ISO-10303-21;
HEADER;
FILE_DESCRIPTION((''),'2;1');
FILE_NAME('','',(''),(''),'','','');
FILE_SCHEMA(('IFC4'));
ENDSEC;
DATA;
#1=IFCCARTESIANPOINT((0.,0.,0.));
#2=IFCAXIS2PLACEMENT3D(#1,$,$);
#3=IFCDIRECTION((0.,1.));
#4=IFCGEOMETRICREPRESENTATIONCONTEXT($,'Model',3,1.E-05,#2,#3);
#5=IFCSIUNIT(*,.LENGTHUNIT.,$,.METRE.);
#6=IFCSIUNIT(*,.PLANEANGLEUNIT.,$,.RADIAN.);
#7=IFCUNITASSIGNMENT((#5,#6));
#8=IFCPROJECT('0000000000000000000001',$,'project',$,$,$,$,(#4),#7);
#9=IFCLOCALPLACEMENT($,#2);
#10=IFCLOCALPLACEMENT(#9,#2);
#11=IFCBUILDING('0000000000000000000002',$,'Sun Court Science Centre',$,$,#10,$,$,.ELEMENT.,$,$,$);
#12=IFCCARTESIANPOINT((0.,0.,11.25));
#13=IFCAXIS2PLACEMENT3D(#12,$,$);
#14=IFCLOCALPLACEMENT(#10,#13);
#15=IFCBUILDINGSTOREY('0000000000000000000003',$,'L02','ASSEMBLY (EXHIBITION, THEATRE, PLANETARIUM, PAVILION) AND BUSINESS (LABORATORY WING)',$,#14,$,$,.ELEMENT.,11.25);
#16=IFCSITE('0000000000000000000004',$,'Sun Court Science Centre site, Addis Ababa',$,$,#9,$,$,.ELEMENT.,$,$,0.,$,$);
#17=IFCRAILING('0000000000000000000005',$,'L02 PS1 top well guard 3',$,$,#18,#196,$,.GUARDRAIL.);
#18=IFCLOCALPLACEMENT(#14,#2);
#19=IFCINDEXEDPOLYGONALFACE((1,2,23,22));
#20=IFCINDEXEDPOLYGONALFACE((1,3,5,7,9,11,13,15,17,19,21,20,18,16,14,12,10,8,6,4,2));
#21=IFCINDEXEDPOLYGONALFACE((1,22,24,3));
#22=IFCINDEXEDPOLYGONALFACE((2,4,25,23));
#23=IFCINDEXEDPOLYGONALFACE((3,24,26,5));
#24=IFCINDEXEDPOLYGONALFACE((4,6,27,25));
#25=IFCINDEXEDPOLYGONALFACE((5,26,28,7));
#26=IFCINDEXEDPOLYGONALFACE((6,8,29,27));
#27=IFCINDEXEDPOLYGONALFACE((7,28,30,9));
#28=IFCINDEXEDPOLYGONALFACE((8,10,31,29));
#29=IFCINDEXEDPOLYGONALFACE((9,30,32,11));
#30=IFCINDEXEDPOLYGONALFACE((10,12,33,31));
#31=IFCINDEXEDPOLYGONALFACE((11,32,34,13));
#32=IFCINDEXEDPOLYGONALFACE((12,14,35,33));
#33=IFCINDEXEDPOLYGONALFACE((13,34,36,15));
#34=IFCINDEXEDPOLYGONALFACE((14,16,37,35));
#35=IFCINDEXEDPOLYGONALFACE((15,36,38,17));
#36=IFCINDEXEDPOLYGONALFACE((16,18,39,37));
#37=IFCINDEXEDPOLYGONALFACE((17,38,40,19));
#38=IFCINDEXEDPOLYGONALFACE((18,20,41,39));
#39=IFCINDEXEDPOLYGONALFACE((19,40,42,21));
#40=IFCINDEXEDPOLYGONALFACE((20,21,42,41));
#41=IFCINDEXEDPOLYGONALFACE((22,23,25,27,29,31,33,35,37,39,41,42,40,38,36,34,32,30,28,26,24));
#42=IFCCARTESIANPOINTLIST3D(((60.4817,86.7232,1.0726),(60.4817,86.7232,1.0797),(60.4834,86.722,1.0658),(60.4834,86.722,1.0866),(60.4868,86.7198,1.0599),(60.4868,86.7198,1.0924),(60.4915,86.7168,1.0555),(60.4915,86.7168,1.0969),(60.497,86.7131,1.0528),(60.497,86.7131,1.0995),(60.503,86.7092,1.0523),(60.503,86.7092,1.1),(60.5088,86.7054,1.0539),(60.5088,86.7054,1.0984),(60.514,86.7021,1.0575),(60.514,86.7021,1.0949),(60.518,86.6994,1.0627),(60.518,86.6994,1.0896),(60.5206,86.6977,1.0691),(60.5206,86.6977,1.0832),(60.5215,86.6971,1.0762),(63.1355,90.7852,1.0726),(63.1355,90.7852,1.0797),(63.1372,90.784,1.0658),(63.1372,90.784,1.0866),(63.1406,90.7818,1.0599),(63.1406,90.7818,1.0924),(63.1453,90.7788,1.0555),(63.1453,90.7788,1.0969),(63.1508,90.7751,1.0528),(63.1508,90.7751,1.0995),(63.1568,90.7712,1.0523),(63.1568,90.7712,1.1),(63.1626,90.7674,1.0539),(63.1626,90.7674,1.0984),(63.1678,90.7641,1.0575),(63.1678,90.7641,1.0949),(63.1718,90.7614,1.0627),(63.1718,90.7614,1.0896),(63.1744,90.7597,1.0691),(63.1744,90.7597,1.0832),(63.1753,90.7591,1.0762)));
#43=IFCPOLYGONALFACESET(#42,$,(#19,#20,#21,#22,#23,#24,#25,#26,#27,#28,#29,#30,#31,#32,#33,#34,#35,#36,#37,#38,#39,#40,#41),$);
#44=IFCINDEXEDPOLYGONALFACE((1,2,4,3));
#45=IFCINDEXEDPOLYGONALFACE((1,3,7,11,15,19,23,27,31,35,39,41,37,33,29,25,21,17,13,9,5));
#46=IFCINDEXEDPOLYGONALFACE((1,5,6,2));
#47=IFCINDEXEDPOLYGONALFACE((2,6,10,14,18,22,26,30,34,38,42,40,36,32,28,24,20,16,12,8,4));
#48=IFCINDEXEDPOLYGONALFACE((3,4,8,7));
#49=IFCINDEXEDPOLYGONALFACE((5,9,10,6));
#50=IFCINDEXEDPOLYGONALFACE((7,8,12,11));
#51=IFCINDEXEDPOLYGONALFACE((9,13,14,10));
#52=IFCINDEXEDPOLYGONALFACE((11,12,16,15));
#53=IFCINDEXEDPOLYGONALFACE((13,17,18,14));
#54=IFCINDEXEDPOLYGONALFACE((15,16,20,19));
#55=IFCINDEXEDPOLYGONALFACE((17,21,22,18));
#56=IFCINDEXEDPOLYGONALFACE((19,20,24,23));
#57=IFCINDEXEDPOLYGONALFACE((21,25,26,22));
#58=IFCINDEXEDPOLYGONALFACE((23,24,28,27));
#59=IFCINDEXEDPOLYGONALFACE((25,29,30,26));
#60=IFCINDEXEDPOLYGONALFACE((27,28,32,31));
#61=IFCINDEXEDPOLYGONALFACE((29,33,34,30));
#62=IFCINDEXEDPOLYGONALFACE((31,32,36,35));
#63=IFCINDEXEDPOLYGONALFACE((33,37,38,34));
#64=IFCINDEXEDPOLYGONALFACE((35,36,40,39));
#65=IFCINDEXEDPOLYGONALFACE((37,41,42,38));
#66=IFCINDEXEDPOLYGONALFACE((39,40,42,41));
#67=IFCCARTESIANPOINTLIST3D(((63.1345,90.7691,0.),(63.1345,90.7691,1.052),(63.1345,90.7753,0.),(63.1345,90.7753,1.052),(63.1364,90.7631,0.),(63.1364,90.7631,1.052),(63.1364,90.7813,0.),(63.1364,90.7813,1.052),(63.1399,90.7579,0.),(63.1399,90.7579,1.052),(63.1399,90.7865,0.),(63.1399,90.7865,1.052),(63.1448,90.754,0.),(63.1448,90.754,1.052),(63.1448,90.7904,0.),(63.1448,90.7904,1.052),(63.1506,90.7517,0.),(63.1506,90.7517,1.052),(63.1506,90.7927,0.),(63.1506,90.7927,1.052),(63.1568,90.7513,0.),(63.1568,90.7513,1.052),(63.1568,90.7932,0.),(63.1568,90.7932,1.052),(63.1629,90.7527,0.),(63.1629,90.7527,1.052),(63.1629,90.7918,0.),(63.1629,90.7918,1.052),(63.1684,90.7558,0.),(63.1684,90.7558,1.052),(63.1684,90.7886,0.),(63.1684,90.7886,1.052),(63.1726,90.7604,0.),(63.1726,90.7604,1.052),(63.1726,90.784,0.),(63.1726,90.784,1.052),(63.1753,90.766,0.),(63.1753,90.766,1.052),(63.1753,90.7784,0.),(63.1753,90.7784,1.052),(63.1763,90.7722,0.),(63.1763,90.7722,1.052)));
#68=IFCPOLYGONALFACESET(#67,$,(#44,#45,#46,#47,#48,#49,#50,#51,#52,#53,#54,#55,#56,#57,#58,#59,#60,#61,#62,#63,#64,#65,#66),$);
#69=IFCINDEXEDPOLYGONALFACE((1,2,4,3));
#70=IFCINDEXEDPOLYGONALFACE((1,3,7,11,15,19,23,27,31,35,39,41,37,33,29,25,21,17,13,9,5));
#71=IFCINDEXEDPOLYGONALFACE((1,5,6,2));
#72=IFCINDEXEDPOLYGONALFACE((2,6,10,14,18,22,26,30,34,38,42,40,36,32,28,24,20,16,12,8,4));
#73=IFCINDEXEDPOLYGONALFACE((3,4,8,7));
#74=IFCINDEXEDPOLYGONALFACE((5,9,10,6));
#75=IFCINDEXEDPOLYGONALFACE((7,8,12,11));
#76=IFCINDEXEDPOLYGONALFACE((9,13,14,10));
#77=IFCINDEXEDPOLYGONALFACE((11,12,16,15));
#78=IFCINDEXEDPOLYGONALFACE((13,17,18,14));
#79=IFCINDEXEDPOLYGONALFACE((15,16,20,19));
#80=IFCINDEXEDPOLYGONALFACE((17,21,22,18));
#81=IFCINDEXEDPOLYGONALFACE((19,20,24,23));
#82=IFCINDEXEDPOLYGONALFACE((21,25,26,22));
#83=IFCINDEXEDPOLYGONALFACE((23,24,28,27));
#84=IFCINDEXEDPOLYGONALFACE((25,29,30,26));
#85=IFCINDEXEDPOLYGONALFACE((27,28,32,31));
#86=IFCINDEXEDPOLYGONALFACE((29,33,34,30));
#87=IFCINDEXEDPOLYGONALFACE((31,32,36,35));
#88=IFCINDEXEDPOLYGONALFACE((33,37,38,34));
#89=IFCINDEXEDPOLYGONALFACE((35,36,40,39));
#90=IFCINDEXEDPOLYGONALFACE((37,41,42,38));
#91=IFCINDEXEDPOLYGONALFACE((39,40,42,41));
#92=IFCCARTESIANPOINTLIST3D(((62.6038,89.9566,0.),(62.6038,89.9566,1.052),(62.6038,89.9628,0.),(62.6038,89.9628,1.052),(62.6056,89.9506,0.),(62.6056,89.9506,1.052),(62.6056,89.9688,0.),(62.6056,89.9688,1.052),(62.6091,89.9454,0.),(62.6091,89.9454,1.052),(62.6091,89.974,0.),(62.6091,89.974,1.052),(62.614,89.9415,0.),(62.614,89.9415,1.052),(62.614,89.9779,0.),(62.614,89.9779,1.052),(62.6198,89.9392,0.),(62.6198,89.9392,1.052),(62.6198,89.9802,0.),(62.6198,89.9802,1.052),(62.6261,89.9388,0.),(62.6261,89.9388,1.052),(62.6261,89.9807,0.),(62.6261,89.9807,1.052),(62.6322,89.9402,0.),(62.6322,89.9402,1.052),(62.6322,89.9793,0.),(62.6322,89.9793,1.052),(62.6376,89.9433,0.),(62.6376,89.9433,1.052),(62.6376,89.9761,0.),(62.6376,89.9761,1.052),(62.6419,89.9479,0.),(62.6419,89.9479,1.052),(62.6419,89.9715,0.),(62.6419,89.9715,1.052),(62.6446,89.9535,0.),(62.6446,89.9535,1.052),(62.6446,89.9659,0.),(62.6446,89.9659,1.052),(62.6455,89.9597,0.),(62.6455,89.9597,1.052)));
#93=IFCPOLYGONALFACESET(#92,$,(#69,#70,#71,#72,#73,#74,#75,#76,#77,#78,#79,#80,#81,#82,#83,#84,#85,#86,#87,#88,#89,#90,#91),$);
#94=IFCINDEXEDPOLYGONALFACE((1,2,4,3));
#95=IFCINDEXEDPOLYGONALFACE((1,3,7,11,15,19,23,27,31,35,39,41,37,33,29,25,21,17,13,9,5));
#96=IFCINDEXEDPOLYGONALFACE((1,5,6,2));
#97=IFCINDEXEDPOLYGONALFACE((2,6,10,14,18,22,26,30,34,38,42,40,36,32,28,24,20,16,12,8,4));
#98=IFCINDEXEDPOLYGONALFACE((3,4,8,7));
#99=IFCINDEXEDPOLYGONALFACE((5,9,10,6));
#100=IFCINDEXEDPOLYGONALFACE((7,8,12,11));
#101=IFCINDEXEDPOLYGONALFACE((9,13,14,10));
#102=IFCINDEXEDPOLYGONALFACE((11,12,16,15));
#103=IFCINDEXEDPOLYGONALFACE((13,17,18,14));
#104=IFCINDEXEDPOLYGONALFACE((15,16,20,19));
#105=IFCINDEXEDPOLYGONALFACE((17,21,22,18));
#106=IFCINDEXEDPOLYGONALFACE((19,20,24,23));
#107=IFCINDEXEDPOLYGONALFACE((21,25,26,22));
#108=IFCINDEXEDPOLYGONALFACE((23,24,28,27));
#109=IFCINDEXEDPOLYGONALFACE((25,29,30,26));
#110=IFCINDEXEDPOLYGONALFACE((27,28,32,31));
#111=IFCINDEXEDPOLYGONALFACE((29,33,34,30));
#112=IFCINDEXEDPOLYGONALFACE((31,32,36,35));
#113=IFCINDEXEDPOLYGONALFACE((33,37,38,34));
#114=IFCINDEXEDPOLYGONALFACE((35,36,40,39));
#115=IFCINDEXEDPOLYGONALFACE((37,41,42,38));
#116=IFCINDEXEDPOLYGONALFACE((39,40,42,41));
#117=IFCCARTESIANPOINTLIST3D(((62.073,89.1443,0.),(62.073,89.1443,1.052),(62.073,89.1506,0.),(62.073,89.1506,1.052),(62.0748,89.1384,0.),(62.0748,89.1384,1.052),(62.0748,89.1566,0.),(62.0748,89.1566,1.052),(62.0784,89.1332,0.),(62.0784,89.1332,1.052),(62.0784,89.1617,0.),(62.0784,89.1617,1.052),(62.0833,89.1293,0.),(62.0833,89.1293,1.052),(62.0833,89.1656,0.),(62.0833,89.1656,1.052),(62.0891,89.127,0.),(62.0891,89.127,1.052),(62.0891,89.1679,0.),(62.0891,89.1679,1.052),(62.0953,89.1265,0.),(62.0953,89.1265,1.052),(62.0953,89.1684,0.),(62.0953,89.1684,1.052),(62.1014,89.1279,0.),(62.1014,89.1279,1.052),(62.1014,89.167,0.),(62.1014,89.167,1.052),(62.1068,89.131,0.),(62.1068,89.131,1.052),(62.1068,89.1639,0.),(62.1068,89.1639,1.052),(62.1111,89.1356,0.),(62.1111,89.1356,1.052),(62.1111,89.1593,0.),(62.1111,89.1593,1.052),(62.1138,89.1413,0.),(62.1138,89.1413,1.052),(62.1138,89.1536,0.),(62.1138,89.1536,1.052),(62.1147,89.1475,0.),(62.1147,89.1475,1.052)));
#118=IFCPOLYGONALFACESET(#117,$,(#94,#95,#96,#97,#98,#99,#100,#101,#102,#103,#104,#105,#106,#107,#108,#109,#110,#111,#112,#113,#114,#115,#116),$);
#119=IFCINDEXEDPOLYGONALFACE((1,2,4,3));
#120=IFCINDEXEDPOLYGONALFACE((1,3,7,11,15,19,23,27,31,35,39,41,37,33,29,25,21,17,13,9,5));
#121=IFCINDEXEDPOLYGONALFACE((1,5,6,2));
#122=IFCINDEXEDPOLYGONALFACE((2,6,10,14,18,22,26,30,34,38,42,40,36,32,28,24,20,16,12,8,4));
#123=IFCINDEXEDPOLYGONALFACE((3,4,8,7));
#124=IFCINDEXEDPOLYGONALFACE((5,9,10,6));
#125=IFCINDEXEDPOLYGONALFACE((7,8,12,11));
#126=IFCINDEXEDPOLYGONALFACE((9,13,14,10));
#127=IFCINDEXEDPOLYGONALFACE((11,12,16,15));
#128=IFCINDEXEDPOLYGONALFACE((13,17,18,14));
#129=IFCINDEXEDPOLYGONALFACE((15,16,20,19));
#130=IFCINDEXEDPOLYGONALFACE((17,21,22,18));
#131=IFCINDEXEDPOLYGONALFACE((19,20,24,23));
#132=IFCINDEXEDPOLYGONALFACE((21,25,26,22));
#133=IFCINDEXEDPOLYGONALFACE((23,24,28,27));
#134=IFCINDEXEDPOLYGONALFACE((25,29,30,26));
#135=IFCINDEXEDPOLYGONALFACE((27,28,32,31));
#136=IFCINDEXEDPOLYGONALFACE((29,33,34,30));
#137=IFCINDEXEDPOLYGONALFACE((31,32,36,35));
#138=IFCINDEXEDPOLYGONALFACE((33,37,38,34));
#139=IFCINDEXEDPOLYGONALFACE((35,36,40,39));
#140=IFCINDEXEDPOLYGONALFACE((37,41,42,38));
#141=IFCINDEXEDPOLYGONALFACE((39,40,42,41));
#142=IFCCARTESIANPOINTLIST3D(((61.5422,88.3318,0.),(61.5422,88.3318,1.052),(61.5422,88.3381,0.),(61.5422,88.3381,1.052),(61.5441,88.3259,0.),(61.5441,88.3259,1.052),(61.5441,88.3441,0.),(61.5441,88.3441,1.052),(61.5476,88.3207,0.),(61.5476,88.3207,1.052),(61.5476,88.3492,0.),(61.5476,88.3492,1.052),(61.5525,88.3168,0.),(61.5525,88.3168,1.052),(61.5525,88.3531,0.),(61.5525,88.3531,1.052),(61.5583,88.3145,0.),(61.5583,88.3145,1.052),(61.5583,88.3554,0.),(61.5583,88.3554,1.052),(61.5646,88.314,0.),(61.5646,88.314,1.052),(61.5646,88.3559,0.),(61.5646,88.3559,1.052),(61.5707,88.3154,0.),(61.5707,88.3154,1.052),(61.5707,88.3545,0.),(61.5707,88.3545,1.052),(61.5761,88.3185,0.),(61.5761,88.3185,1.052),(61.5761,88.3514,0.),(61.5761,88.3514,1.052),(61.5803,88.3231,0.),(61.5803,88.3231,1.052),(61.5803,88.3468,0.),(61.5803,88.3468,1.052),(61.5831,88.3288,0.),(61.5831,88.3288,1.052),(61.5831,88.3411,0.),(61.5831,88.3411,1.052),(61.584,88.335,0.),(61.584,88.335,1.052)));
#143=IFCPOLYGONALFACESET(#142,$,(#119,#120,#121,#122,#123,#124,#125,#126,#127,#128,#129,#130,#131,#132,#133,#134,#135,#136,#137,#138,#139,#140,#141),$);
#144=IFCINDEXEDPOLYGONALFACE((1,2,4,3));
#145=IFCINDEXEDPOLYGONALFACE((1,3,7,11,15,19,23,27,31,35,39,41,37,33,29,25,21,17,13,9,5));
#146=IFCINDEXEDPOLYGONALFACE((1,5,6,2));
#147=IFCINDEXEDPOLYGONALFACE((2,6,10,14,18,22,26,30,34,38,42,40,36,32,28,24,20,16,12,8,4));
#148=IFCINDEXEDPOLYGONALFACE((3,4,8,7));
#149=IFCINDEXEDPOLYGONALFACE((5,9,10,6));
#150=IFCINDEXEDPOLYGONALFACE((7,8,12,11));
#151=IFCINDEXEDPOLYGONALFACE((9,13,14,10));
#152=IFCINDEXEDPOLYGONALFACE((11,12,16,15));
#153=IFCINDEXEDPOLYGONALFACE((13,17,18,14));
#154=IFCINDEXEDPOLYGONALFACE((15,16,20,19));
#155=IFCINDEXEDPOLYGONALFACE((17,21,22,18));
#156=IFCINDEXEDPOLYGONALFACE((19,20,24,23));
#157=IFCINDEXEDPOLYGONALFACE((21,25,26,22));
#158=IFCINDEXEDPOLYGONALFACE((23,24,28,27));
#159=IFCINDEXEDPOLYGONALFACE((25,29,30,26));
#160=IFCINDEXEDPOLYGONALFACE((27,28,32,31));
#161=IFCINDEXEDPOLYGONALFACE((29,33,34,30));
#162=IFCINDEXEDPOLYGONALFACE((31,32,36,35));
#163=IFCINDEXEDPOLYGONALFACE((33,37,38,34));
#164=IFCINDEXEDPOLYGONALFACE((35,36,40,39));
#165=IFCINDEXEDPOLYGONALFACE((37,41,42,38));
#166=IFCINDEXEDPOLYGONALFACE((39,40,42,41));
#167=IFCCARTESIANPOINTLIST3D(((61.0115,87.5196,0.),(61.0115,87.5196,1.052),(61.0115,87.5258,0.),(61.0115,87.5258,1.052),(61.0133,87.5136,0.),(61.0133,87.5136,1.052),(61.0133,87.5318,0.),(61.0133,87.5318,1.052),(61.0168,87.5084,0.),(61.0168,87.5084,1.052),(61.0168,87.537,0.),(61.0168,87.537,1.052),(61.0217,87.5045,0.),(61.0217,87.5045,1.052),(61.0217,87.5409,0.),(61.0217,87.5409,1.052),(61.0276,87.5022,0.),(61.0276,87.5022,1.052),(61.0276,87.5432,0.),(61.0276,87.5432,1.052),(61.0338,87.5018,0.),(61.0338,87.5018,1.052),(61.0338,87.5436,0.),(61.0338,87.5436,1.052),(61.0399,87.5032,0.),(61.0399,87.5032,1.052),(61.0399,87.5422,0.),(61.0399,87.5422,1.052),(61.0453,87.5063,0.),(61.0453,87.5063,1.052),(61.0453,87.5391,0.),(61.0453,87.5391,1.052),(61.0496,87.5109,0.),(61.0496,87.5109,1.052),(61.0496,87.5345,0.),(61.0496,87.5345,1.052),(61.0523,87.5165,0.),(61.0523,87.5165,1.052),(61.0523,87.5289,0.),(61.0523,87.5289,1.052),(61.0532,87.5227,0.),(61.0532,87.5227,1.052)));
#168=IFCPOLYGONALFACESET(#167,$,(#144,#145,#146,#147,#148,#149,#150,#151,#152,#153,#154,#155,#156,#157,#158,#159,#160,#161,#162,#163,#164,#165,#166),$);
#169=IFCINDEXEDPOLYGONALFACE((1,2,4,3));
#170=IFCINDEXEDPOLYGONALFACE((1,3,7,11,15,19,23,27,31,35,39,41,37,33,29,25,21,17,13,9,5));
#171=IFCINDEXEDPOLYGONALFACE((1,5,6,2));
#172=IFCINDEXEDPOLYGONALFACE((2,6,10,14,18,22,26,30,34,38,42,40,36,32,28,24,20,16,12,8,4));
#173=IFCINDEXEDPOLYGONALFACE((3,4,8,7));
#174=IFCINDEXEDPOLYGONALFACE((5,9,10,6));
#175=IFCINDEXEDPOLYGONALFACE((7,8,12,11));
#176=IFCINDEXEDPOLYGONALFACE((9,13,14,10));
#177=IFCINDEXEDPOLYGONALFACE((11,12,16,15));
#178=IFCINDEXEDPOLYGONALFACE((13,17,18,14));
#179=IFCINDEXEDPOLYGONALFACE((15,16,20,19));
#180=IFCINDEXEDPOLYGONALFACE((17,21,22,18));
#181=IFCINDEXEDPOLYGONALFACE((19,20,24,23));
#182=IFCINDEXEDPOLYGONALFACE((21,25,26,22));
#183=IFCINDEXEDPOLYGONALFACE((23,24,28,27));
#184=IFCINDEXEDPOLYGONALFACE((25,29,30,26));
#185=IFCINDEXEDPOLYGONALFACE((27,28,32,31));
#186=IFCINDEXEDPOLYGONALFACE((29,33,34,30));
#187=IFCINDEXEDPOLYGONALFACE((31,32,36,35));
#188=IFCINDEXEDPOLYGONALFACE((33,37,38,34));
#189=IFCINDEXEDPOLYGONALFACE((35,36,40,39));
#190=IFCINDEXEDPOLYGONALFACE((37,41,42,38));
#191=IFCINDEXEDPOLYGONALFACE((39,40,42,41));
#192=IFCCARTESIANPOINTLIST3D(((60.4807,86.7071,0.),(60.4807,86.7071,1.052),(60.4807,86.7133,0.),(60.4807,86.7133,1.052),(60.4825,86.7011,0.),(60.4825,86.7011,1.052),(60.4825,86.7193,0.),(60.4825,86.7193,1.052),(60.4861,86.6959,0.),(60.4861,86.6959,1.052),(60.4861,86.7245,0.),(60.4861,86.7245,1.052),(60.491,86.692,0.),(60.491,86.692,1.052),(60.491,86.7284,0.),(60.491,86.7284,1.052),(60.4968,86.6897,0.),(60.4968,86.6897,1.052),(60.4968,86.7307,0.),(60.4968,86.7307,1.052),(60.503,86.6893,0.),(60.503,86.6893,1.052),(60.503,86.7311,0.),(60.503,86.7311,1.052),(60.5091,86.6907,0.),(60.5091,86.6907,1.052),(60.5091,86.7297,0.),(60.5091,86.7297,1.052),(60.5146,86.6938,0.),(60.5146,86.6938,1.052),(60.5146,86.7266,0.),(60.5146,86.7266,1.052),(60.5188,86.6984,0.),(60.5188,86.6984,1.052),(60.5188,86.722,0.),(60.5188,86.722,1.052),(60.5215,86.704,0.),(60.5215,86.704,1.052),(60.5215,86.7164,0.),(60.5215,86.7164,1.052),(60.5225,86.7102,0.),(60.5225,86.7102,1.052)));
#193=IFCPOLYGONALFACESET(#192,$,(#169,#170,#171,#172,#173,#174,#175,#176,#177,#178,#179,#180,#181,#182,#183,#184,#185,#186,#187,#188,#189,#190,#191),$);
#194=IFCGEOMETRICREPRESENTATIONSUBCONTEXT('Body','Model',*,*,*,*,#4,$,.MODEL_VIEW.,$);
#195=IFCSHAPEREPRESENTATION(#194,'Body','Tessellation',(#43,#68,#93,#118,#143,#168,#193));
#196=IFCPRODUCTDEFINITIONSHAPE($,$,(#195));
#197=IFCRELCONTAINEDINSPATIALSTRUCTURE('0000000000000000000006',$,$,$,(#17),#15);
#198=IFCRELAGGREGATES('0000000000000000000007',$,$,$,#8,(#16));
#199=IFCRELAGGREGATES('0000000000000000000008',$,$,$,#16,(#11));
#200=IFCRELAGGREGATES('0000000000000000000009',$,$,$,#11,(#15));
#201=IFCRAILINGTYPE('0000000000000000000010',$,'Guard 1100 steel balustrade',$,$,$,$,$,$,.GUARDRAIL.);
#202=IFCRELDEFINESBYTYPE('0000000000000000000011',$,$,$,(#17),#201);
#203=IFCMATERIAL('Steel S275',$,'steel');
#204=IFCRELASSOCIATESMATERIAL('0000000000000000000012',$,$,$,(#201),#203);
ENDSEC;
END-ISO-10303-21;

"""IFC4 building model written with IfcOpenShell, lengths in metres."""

from ifc_helpers import new_model, si_unit, direction, frame, origin, origin_2d, place, context, subcontext, project, spatial, circle, extrude, material, type_object, element, save


model = new_model("IFC4")

# Units and contexts
model_context = context("Model", 3, precision=1e-05, world=origin(), true_north=direction((0.0, 1.0)))
body_context = subcontext(model_context, "Body", "Model", "MODEL_VIEW")
ifc_project = project(units=[si_unit("LENGTHUNIT", "METRE"), si_unit("PLANEANGLEUNIT", "RADIAN")], contexts=[model_context])

# Site, building, storey
site_placement = place(None, origin())
site = spatial("IfcSite", under=ifc_project, at=site_placement, Name="Sun Court Science Centre site, Addis Ababa", CompositionType="ELEMENT", RefElevation=0.0)
building_placement = place(site_placement, origin())
building = spatial("IfcBuilding", under=site, at=building_placement, Name="Sun Court Science Centre", CompositionType="ELEMENT")
storey_placement = place(building_placement, frame((0.0, 0.0, 11.25)))
storey = spatial("IfcBuildingStorey", under=building, at=storey_placement, Name="L02", Description="ASSEMBLY (EXHIBITION, THEATRE, PLANETARIUM, PAVILION) AND BUSINESS (LABORATORY WING)", CompositionType="ELEMENT", Elevation=11.25)

# Railing
ifc_material_1 = material(Name="Steel S275", Category="steel")
railing_type = type_object("IfcRailingType", Name="Guard 1100 steel balustrade", PredefinedType="GUARDRAIL", material=ifc_material_1)
for number, where, name in (
    (1, (63.1553, 90.7722, 0.0), "L02 PS1 top well guard 3"),
):
    element("IfcRailing", number, at=place(storey_placement, frame(where)), inside=storey, type_object=railing_type, Name=name, PredefinedType="GUARDRAIL", context=body_context, shape_type="SweptSolid", body=[
        extrude(circle(Radius=0.0239, at=origin_2d()), frame((0.0, 0.0, 1.0762), z_axis=(-0.546943, -0.83717, 0.0), x_axis=(0.83717, -0.546943, 0.0)), (0.0, 0.0, 1.0), 4.8521),
        extrude(circle(Radius=0.021, at=origin_2d()), origin(), (0.0, 0.0, 1.0), 1.052),
        extrude(circle(Radius=0.021, at=origin_2d()), frame((-0.5308, -0.8125, 0.0)), (0.0, 0.0, 1.0), 1.052),
        extrude(circle(Radius=0.021, at=origin_2d()), frame((-1.0615, -1.6248, 0.0)), (0.0, 0.0, 1.0), 1.052),
        extrude(circle(Radius=0.021, at=origin_2d()), frame((-1.5923, -2.4373, 0.0)), (0.0, 0.0, 1.0), 1.052),
        extrude(circle(Radius=0.021, at=origin_2d()), frame((-2.123, -3.2495, 0.0)), (0.0, 0.0, 1.0), 1.052),
        extrude(circle(Radius=0.021, at=origin_2d()), frame((-2.6538, -4.062, 0.0)), (0.0, 0.0, 1.0), 1.052),
    ])

save(model, "model.ifc")
